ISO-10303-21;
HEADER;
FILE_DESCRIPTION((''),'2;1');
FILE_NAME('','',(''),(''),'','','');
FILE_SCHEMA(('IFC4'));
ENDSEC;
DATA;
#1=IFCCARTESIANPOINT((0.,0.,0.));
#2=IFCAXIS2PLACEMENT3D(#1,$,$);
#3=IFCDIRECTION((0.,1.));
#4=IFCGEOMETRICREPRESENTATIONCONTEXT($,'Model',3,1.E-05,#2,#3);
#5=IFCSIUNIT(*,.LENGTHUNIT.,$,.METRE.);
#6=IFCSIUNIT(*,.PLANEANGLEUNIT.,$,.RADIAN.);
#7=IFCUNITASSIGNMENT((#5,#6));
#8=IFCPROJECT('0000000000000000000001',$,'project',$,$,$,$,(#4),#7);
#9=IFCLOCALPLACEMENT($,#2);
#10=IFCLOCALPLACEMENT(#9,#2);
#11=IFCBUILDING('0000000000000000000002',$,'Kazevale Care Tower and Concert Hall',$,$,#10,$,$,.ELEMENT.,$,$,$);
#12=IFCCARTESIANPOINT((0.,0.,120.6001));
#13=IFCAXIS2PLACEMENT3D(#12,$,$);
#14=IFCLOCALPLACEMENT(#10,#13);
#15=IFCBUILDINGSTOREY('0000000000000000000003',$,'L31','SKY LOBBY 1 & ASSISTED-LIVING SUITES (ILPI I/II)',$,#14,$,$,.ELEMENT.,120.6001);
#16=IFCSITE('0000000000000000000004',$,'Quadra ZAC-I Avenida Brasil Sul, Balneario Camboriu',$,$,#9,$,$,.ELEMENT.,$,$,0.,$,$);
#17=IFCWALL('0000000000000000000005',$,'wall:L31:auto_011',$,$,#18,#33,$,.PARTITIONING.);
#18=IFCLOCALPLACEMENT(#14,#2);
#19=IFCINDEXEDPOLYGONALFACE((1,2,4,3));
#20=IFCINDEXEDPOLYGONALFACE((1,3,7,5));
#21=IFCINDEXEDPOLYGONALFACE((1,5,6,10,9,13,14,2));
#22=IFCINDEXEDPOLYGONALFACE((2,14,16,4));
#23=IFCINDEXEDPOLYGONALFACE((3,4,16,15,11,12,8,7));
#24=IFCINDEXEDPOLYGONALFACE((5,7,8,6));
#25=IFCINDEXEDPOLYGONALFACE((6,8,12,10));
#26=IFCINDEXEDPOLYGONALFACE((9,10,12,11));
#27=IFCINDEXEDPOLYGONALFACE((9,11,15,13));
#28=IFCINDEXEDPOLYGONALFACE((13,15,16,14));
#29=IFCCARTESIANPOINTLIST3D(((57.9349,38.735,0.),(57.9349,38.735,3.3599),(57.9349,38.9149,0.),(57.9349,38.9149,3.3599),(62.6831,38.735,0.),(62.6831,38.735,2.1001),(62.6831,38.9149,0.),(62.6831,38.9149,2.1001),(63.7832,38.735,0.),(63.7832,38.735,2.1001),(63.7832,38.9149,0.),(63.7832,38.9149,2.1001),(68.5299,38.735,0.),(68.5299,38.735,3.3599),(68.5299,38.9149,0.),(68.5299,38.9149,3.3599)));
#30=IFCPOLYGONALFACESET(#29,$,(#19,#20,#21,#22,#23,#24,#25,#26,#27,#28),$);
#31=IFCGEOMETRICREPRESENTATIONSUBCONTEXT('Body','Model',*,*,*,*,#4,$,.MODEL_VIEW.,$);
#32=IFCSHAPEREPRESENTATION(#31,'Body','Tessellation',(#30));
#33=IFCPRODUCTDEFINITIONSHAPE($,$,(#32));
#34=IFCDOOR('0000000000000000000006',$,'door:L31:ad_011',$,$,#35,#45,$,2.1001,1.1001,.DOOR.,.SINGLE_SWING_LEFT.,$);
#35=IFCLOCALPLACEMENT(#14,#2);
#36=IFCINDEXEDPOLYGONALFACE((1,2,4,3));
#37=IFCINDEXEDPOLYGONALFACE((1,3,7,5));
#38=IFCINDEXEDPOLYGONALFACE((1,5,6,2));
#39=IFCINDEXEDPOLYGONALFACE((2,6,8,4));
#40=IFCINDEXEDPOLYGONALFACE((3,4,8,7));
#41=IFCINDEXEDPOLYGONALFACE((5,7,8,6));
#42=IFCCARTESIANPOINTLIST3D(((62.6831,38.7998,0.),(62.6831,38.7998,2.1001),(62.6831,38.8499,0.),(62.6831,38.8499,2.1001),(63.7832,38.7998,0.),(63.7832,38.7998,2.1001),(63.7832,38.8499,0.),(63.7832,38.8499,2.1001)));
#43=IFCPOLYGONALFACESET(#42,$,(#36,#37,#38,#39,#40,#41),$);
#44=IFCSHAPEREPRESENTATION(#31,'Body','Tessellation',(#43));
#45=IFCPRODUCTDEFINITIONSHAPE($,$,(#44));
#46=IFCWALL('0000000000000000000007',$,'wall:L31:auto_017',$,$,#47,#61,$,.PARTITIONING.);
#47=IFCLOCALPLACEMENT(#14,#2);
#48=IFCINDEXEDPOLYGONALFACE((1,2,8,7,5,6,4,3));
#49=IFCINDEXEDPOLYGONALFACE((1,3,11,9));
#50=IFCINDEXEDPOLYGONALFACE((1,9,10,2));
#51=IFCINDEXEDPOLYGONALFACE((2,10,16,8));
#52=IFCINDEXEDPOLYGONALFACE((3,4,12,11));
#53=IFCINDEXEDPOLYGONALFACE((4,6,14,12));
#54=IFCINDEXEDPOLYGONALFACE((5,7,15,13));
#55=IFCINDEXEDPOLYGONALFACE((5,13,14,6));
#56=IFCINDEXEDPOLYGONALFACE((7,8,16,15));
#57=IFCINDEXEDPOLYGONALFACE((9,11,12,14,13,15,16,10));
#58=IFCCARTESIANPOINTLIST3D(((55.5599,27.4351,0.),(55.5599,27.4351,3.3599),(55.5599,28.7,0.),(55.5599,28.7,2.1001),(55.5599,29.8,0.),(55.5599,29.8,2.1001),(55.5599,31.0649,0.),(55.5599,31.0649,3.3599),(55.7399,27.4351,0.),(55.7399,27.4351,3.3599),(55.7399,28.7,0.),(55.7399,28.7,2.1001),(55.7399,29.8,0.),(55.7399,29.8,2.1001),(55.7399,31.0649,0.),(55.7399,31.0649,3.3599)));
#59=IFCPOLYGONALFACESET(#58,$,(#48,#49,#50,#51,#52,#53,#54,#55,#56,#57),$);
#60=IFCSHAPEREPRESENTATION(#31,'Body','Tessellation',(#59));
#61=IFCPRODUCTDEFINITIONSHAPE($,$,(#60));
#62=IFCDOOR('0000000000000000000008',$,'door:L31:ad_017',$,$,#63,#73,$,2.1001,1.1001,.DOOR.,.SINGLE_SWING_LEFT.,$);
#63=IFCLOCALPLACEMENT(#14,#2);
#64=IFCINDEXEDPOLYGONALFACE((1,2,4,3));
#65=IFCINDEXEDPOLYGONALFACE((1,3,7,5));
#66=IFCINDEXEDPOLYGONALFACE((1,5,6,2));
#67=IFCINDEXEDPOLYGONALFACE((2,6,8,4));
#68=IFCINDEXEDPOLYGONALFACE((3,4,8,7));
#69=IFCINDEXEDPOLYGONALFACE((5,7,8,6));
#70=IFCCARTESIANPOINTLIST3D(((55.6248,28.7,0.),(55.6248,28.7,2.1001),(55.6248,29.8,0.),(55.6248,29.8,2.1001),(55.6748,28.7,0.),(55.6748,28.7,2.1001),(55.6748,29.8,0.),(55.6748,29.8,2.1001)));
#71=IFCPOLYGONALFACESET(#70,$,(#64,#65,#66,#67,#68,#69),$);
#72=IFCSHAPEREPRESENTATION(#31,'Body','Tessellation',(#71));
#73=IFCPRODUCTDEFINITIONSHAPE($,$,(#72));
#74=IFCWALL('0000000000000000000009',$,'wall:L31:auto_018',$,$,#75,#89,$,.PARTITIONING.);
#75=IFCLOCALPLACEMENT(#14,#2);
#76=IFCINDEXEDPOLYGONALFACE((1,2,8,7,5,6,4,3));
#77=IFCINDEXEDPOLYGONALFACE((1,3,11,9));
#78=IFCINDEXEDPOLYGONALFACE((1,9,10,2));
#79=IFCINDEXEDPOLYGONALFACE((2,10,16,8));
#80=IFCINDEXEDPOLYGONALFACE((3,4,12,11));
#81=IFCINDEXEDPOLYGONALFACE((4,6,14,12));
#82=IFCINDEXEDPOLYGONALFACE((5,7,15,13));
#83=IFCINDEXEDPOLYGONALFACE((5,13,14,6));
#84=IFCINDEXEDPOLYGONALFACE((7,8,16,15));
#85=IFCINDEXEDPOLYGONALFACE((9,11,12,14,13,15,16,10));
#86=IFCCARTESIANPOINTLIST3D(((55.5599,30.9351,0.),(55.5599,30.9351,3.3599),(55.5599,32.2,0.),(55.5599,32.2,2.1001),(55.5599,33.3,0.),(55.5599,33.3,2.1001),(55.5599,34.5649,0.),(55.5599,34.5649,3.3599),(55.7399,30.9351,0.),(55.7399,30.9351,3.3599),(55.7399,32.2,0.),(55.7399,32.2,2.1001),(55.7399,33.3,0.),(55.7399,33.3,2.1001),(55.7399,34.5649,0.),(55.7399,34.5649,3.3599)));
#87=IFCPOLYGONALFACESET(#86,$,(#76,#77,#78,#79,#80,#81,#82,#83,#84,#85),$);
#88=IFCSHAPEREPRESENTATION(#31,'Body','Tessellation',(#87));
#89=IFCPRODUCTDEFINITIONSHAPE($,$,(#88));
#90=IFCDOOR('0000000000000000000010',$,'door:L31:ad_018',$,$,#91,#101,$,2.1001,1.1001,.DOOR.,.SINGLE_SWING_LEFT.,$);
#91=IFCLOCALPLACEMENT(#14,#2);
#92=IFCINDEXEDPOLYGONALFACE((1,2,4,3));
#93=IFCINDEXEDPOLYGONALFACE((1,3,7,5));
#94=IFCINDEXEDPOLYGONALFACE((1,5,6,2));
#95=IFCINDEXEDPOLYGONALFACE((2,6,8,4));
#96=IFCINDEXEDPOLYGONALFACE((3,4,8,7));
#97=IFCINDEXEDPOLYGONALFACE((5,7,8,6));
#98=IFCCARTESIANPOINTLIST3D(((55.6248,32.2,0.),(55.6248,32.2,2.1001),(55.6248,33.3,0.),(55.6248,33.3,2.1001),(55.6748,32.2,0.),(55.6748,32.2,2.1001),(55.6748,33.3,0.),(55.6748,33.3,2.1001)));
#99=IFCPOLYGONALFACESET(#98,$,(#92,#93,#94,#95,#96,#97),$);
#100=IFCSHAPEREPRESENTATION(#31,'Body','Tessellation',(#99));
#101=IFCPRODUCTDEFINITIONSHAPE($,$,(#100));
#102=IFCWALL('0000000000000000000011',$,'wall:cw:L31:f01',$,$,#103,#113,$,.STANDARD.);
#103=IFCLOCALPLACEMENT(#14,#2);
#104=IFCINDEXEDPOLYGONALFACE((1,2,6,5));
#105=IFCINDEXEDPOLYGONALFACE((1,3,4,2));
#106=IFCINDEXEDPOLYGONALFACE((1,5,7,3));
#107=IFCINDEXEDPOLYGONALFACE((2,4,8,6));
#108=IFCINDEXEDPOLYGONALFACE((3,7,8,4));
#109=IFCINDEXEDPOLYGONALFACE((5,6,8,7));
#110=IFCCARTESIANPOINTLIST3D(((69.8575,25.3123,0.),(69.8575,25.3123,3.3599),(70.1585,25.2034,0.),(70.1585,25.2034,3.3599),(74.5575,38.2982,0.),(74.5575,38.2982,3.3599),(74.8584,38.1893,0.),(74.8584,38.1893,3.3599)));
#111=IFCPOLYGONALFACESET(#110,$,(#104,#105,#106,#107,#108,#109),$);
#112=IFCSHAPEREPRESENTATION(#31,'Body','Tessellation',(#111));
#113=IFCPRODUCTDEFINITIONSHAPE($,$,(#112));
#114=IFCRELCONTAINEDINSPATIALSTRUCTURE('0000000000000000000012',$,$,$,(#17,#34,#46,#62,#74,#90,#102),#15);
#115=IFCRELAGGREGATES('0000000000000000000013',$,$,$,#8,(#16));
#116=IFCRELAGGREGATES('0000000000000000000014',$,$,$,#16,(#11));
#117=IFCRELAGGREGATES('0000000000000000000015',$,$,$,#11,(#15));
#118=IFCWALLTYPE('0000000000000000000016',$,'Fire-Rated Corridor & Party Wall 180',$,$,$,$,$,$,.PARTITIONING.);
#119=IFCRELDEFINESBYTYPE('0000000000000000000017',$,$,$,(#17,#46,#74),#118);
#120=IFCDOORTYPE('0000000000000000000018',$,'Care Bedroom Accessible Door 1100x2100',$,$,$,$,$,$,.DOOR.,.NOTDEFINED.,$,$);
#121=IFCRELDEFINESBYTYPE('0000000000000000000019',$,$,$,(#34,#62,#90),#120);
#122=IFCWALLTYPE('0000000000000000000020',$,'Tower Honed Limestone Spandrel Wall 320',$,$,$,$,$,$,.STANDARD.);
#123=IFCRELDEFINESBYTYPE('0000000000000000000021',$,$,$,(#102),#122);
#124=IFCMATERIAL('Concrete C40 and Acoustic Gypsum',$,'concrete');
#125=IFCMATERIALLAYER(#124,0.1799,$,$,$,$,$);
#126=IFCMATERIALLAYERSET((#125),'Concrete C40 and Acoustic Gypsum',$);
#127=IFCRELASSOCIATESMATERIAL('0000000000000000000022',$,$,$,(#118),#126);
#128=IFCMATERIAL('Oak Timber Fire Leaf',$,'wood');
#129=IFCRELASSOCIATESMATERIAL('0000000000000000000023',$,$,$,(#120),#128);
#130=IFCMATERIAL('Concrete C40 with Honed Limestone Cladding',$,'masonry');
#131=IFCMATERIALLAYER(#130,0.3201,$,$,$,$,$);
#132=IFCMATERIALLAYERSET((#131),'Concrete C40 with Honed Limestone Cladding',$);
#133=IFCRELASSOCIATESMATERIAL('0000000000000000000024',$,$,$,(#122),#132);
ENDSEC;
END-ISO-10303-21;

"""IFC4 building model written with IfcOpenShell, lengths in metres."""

from ifc_helpers import new_model, si_unit, direction, frame, frame_2d, origin, place, context, subcontext, project, spatial, rectangle, extrude, material, layer, layer_set, type_object, element, fill, save


model = new_model("IFC4")

# Units and contexts
model_context = context("Model", 3, precision=1e-05, world=origin(), true_north=direction((0.0, 1.0)))
body_context = subcontext(model_context, "Body", "Model", "MODEL_VIEW")
ifc_project = project(units=[si_unit("LENGTHUNIT", "METRE"), si_unit("PLANEANGLEUNIT", "RADIAN")], contexts=[model_context])

# Site, building, storey
site_placement = place(None, origin())
site = spatial("IfcSite", under=ifc_project, at=site_placement, Name="Quadra ZAC-I Avenida Brasil Sul, Balneario Camboriu", CompositionType="ELEMENT", RefElevation=0.0)
building_placement = place(site_placement, origin())
building = spatial("IfcBuilding", under=site, at=building_placement, Name="Kazevale Care Tower and Concert Hall", CompositionType="ELEMENT")
storey_placement = place(building_placement, frame((0.0, 0.0, 120.6001)))
storey = spatial("IfcBuildingStorey", under=building, at=storey_placement, Name="L31", Description="SKY LOBBY 1 & ASSISTED-LIVING SUITES (ILPI I/II)", CompositionType="ELEMENT", Elevation=120.6001)

# Walls, openings, doors
ifc_material_1 = material(Name="Concrete C40 and Acoustic Gypsum", Category="concrete")
ifc_layer_1 = layer(ifc_material_1, 0.1799)
ifc_layer_set_1 = layer_set([ifc_layer_1], Name="Concrete C40 and Acoustic Gypsum")
wall_type_1 = type_object("IfcWallType", Name="Fire-Rated Corridor & Party Wall 180", PredefinedType="PARTITIONING", material=ifc_layer_set_1)
ifc_material_2 = material(Name="Oak Timber Fire Leaf", Category="wood")
door_type = type_object("IfcDoorType", Name="Care Bedroom Accessible Door 1100x2100", OperationType="NOTDEFINED", PredefinedType="DOOR", material=ifc_material_2)
wall_1_placement = place(storey_placement, frame((57.9351, 38.825, 0.0), z_axis=(0.0, 0.0, 1.0), x_axis=(1.0, 0.0, 0.0)))
wall_1 = element("IfcWall", 1, at=wall_1_placement, inside=storey, type_object=wall_type_1, Name="wall:L31:auto_011", PredefinedType="PARTITIONING", context=body_context, shape_type="SweptSolid", body=[
    extrude(rectangle(XDim=10.595, YDim=0.1799, at=frame_2d((5.2974, 0.0))), origin(), (0.0, 0.0, 1.0), 3.3599),
])
opening_1_placement = place(wall_1_placement, frame((4.748, 0.0, 0.0)))
opening_1 = element("IfcOpeningElement", 2, at=opening_1_placement, cuts=wall_1, PredefinedType="OPENING", context=body_context, shape_type="SweptSolid", body=[
    extrude(rectangle(XDim=1.1001, YDim=2.1001, at=frame_2d((0.55, 1.05))), frame((0.0, 0.0999, 0.0), z_axis=(0.0, -1.0, 0.0), x_axis=(1.0, 0.0, 0.0)), (0.0, 0.0, 1.0), 0.2),
])
door_1_placement = place(opening_1_placement, origin())
door_1 = element("IfcDoor", 3, at=door_1_placement, inside=storey, type_object=door_type, Name="door:L31:ad_011", OperationType="SINGLE_SWING_LEFT", OverallHeight=2.1001, OverallWidth=1.1001, PredefinedType="DOOR", context=body_context, shape_type="SweptSolid", body=[
    extrude(rectangle(XDim=1.1001, YDim=2.1001, at=frame_2d((0.55, 1.05))), frame((0.0, 0.0249, 0.0), z_axis=(0.0, -1.0, 0.0), x_axis=(1.0, 0.0, 0.0)), (0.0, 0.0, 1.0), 0.05),
])
fill(opening_1, door_1)
wall_2_placement = place(storey_placement, frame((55.6499, 31.0649, 0.0), z_axis=(0.0, 0.0, 1.0), x_axis=(0.0, -1.0, 0.0)))
wall_2 = element("IfcWall", 4, at=wall_2_placement, inside=storey, type_object=wall_type_1, Name="wall:L31:auto_017", PredefinedType="PARTITIONING", context=body_context, shape_type="SweptSolid", body=[
    extrude(rectangle(XDim=3.6299, YDim=0.1799, at=frame_2d((1.8149, 0.0))), origin(), (0.0, 0.0, 1.0), 3.3599),
])
opening_2_placement = place(wall_2_placement, frame((1.2649, 0.0, 0.0)))
opening_2 = element("IfcOpeningElement", 5, at=opening_2_placement, cuts=wall_2, PredefinedType="OPENING", context=body_context, shape_type="SweptSolid", body=[
    extrude(rectangle(XDim=1.1001, YDim=2.1001, at=frame_2d((0.55, 1.05))), frame((0.0, 0.0999, 0.0), z_axis=(0.0, -1.0, 0.0), x_axis=(1.0, 0.0, 0.0)), (0.0, 0.0, 1.0), 0.2),
])
door_2_placement = place(opening_2_placement, origin())
door_2 = element("IfcDoor", 6, at=door_2_placement, inside=storey, type_object=door_type, Name="door:L31:ad_017", OperationType="SINGLE_SWING_LEFT", OverallHeight=2.1001, OverallWidth=1.1001, PredefinedType="DOOR", context=body_context, shape_type="SweptSolid", body=[
    extrude(rectangle(XDim=1.1001, YDim=2.1001, at=frame_2d((0.55, 1.05))), frame((0.0, 0.0249, 0.0), z_axis=(0.0, -1.0, 0.0), x_axis=(1.0, 0.0, 0.0)), (0.0, 0.0, 1.0), 0.05),
])
fill(opening_2, door_2)
wall_3_placement = place(storey_placement, frame((55.6499, 34.5649, 0.0), z_axis=(0.0, 0.0, 1.0), x_axis=(0.0, -1.0, 0.0)))
wall_3 = element("IfcWall", 7, at=wall_3_placement, inside=storey, type_object=wall_type_1, Name="wall:L31:auto_018", PredefinedType="PARTITIONING", context=body_context, shape_type="SweptSolid", body=[
    extrude(rectangle(XDim=3.6299, YDim=0.1799, at=frame_2d((1.8149, 0.0))), origin(), (0.0, 0.0, 1.0), 3.3599),
])
opening_3_placement = place(wall_3_placement, frame((1.2649, 0.0, 0.0)))
opening_3 = element("IfcOpeningElement", 8, at=opening_3_placement, cuts=wall_3, PredefinedType="OPENING", context=body_context, shape_type="SweptSolid", body=[
    extrude(rectangle(XDim=1.1001, YDim=2.1001, at=frame_2d((0.55, 1.05))), frame((0.0, 0.0999, 0.0), z_axis=(0.0, -1.0, 0.0), x_axis=(1.0, 0.0, 0.0)), (0.0, 0.0, 1.0), 0.2),
])
door_3_placement = place(opening_3_placement, origin())
door_3 = element("IfcDoor", 9, at=door_3_placement, inside=storey, type_object=door_type, Name="door:L31:ad_018", OperationType="SINGLE_SWING_LEFT", OverallHeight=2.1001, OverallWidth=1.1001, PredefinedType="DOOR", context=body_context, shape_type="SweptSolid", body=[
    extrude(rectangle(XDim=1.1001, YDim=2.1001, at=frame_2d((0.55, 1.05))), frame((0.0, 0.0249, 0.0), z_axis=(0.0, -1.0, 0.0), x_axis=(1.0, 0.0, 0.0)), (0.0, 0.0, 1.0), 0.05),
])
fill(opening_3, door_3)

# Wall
ifc_material_3 = material(Name="Concrete C40 with Honed Limestone Cladding", Category="masonry")
ifc_layer_2 = layer(ifc_material_3, 0.3201)
ifc_layer_set_2 = layer_set([ifc_layer_2], Name="Concrete C40 with Honed Limestone Cladding")
wall_type_2 = type_object("IfcWallType", Name="Tower Honed Limestone Spandrel Wall 320", PredefinedType="STANDARD", material=ifc_layer_set_2)
wall_4_placement = place(storey_placement, frame((74.708, 38.2439, 0.0), z_axis=(0.0, 0.0, 1.0), x_axis=(-0.340325, -0.940308, 0.0)))
element("IfcWall", 10, at=wall_4_placement, inside=storey, type_object=wall_type_2, Name="wall:cw:L31:f01", PredefinedType="STANDARD", context=body_context, shape_type="SweptSolid", body=[
    extrude(rectangle(XDim=13.8103, YDim=0.3201, at=frame_2d((6.9053, 0.0))), origin(), (0.0, 0.0, 1.0), 3.3599),
])

save(model, "model.ifc")
